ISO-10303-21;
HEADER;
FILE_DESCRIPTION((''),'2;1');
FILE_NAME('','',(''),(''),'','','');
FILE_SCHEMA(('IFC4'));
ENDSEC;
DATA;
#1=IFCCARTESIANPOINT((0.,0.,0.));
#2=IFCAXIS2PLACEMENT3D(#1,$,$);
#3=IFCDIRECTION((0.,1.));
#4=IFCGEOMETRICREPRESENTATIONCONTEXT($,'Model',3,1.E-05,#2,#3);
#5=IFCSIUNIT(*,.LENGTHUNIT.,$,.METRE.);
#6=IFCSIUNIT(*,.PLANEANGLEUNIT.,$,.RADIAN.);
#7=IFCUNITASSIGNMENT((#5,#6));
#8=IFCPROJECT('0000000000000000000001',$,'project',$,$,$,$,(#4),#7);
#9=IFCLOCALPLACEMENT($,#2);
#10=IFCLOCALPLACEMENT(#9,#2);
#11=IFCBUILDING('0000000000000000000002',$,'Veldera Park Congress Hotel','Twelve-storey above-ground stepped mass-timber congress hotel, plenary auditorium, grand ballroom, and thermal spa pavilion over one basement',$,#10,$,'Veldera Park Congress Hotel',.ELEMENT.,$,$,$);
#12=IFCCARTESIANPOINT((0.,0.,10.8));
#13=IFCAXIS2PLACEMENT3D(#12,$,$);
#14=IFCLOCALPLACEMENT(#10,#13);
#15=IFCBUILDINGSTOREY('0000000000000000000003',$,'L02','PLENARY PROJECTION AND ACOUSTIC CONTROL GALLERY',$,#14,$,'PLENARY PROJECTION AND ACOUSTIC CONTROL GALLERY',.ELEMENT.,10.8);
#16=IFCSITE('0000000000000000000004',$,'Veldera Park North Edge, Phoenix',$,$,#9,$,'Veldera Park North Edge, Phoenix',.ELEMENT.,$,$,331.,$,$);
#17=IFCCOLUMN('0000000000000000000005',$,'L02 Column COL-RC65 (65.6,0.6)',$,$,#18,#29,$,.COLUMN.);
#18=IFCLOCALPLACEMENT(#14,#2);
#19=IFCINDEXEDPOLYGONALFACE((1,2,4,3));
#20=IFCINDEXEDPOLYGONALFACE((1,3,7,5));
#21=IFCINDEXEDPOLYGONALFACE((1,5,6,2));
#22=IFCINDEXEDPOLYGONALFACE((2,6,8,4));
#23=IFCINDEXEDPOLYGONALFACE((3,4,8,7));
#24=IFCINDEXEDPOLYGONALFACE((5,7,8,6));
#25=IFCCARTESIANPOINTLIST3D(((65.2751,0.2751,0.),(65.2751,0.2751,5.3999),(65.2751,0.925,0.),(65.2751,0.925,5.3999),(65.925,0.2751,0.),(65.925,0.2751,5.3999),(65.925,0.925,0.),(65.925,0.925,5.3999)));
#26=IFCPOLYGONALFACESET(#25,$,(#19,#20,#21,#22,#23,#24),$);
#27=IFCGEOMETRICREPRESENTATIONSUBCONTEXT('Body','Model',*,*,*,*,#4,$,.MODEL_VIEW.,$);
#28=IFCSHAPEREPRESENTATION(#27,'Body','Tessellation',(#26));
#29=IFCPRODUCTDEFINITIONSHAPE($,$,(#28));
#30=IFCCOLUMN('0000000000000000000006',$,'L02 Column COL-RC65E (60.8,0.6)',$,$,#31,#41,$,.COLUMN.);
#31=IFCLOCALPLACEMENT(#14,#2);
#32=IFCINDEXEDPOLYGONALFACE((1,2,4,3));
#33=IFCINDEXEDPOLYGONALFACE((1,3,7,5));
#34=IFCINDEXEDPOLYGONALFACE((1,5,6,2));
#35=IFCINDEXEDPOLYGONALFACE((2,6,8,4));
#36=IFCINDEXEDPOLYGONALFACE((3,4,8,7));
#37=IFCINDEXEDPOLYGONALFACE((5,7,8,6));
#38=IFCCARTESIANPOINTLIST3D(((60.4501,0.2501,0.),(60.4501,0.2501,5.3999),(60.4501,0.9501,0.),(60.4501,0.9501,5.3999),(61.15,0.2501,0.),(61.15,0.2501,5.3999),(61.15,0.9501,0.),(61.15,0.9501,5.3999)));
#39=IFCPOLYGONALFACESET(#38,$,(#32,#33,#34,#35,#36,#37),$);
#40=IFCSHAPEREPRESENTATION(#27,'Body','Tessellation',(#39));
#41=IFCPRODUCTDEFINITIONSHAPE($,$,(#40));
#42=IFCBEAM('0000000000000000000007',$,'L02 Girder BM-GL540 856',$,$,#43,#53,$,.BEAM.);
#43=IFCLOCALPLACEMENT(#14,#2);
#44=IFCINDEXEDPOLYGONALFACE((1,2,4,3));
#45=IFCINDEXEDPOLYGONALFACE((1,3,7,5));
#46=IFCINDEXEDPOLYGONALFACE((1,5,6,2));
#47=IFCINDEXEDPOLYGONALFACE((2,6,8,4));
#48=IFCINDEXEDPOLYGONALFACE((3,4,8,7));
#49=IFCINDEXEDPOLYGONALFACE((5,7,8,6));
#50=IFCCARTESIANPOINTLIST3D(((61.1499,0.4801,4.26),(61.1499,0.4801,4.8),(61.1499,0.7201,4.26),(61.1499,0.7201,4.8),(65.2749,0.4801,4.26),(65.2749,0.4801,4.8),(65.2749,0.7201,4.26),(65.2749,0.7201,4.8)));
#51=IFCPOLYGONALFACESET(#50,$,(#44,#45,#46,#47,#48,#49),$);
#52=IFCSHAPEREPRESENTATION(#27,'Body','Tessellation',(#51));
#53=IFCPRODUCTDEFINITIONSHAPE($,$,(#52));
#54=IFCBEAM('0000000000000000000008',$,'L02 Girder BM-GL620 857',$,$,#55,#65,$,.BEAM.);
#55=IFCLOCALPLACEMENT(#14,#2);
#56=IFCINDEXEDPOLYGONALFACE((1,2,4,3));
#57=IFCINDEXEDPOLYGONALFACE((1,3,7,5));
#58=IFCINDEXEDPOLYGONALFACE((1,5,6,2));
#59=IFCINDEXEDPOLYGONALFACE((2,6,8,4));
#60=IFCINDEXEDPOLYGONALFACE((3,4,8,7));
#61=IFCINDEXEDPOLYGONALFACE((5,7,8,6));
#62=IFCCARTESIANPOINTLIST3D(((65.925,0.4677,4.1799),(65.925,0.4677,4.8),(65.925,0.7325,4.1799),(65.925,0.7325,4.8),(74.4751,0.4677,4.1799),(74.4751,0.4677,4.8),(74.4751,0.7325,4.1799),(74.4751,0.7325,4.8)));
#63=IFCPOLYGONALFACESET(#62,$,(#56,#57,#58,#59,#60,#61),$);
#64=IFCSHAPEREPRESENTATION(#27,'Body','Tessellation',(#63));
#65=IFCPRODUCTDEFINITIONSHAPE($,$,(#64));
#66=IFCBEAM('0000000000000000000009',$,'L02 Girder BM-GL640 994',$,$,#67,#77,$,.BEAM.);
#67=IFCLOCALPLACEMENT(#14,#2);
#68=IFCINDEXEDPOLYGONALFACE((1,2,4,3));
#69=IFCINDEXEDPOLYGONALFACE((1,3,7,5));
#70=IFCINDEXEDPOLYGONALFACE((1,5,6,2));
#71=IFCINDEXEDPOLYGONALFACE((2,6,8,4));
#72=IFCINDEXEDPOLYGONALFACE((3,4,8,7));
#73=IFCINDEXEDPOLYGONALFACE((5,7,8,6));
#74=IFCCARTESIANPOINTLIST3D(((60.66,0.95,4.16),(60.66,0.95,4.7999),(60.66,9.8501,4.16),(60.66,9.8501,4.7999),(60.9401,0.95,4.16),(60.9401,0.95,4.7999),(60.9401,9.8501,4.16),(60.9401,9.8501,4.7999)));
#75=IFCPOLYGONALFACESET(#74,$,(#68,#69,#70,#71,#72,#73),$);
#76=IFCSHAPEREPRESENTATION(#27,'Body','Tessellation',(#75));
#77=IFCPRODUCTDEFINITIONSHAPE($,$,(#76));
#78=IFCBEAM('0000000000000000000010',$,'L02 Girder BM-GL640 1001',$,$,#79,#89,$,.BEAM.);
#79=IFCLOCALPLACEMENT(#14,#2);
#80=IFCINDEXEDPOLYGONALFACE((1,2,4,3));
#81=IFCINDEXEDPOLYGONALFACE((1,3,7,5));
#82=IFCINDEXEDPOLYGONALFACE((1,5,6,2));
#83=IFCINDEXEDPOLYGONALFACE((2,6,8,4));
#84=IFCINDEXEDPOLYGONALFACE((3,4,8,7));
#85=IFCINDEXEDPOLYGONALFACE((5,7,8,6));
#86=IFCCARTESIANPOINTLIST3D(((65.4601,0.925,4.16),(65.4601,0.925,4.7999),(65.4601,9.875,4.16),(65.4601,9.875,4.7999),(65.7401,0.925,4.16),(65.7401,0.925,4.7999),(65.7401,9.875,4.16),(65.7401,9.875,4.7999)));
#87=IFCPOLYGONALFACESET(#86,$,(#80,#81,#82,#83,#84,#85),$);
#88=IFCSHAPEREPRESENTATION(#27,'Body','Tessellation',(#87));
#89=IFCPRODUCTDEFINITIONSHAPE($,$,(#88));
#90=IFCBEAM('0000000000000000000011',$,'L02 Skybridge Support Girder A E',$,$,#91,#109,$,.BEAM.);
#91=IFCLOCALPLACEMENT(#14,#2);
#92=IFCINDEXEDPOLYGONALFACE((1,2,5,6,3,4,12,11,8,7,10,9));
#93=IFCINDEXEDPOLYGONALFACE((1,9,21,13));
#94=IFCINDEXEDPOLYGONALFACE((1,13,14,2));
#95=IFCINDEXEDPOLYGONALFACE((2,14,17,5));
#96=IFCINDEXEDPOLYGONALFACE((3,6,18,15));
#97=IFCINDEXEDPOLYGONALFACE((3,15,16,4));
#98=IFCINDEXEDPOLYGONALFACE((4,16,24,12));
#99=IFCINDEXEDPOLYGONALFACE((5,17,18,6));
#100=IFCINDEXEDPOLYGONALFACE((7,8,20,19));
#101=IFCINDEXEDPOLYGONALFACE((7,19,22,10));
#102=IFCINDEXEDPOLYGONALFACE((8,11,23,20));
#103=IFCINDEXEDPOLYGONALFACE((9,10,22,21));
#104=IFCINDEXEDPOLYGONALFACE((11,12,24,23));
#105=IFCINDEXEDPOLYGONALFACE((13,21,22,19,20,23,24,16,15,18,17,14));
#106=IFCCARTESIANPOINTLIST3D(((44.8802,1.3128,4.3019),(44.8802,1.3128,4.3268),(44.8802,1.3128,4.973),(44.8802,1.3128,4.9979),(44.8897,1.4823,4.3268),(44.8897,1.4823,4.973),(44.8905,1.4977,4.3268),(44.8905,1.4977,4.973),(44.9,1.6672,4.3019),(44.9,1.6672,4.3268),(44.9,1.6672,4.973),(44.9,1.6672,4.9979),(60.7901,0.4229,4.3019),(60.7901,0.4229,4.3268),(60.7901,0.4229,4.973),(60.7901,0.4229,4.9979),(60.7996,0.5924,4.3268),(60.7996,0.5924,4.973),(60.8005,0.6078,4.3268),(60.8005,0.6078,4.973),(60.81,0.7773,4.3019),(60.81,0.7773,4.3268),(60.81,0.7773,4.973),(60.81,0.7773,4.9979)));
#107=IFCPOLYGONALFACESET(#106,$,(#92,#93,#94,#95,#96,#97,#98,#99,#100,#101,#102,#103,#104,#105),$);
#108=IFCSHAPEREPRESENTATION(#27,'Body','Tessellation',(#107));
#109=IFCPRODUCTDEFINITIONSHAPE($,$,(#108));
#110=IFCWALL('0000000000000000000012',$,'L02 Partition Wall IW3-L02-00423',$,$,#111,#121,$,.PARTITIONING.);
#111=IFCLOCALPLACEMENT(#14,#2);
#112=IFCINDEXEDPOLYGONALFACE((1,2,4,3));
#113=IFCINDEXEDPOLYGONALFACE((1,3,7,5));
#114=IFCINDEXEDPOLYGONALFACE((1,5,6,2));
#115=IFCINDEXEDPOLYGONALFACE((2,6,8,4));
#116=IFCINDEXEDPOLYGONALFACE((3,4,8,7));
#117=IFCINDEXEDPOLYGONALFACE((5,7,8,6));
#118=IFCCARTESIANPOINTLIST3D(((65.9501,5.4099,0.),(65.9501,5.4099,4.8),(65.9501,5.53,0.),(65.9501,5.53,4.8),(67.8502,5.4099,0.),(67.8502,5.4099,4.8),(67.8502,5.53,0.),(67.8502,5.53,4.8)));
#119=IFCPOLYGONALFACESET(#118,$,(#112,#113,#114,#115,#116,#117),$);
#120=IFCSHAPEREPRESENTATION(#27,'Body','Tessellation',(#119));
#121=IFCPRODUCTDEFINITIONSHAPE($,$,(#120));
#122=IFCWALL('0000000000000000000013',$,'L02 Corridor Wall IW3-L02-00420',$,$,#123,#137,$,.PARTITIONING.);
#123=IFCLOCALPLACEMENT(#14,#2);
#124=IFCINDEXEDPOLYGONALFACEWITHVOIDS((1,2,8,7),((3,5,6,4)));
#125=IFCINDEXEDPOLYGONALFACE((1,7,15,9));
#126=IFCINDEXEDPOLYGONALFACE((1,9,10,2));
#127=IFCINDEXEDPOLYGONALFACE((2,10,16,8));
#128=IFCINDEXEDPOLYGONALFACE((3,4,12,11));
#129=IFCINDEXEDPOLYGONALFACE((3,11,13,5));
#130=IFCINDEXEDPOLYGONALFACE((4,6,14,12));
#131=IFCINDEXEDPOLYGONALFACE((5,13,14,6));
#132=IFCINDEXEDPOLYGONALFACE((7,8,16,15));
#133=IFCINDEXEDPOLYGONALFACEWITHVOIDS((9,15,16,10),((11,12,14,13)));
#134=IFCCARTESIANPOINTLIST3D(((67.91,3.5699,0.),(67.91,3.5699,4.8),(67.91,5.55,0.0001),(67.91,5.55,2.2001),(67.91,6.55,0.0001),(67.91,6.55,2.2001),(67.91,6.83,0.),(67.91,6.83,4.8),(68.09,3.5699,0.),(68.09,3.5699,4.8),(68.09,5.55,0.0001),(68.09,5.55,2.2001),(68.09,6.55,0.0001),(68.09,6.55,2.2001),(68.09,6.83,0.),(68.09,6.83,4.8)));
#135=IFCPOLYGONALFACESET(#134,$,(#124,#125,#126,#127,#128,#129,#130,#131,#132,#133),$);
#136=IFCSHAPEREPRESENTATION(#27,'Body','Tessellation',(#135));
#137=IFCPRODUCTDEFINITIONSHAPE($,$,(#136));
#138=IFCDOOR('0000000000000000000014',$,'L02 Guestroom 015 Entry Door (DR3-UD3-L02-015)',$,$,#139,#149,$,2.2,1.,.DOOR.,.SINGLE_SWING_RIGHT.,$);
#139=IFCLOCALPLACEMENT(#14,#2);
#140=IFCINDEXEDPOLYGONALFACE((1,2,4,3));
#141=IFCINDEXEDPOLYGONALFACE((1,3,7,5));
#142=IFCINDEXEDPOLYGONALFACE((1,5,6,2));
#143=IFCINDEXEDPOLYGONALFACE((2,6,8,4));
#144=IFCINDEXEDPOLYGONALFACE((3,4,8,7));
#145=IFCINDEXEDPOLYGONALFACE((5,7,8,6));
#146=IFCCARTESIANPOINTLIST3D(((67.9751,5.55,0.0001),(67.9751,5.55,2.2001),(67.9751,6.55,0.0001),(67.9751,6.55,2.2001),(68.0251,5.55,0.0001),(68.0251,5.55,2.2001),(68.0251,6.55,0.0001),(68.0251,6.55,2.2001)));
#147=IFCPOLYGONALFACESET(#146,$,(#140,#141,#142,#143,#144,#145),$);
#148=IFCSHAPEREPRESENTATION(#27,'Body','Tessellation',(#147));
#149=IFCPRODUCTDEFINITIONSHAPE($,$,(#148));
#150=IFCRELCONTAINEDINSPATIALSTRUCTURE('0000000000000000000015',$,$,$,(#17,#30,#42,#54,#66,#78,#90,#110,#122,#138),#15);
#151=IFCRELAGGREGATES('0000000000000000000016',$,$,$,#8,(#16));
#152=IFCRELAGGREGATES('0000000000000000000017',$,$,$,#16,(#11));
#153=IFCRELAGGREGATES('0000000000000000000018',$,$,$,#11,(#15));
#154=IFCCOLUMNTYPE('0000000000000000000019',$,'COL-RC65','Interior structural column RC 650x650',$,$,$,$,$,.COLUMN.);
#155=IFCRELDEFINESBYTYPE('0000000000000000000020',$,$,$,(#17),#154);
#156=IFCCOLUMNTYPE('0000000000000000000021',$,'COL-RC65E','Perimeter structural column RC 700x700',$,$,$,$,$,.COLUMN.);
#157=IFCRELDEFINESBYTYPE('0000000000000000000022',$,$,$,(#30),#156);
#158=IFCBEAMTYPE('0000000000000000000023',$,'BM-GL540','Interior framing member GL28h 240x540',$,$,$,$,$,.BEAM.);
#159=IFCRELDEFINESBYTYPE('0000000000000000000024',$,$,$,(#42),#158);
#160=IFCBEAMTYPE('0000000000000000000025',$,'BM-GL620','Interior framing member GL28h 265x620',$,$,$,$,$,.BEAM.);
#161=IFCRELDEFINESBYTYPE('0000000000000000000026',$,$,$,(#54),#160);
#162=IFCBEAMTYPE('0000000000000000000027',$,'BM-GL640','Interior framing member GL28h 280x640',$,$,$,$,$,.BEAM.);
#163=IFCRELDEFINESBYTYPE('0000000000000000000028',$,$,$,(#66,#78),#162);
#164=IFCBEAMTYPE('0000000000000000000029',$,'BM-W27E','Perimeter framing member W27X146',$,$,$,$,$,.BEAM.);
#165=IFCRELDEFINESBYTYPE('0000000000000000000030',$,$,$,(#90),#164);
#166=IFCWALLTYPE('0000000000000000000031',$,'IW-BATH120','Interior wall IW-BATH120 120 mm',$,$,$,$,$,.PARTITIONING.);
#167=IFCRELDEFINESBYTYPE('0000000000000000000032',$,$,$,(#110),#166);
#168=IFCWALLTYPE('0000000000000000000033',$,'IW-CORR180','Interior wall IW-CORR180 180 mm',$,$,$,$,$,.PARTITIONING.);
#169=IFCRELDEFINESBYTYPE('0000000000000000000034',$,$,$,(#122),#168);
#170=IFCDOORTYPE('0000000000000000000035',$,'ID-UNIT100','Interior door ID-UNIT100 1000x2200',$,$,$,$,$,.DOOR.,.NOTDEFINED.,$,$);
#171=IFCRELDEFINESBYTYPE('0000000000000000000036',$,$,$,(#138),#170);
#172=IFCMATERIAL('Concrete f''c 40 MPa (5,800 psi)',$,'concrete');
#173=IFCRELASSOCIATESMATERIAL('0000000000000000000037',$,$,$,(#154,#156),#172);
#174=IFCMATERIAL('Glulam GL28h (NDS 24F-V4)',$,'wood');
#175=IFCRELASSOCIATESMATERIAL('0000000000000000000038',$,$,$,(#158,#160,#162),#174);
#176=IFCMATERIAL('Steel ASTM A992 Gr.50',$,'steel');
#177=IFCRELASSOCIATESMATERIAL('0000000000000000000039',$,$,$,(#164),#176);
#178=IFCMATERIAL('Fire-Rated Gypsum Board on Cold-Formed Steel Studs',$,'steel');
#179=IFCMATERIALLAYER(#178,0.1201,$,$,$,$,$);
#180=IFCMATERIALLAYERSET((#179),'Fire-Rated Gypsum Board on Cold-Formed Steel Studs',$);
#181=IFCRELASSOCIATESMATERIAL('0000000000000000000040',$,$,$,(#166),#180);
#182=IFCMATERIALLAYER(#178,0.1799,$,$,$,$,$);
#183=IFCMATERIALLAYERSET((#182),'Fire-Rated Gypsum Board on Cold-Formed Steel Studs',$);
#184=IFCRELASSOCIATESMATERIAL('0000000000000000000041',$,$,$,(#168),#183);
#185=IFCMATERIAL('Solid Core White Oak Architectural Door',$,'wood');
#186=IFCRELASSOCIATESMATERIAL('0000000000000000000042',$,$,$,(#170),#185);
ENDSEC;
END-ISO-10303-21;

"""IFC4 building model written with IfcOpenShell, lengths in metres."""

from ifc_helpers import new_model, si_unit, direction, frame, frame_2d, origin, origin_2d, place, context, subcontext, project, spatial, rectangle, i_section, extrude, material, layer, layer_set, material_profile, profile_set, type_object, element, fill, save


model = new_model("IFC4")

# Units and contexts
model_context = context("Model", 3, precision=1e-05, world=origin(), true_north=direction((0.0, 1.0)))
body_context = subcontext(model_context, "Body", "Model", "MODEL_VIEW")
ifc_project = project(units=[si_unit("LENGTHUNIT", "METRE"), si_unit("PLANEANGLEUNIT", "RADIAN")], contexts=[model_context])

# Site, building, storey
site_placement = place(None, origin())
site = spatial("IfcSite", under=ifc_project, at=site_placement, Name="Veldera Park North Edge, Phoenix", LongName="Veldera Park North Edge, Phoenix", CompositionType="ELEMENT", RefElevation=331.0)
building_placement = place(site_placement, origin())
building = spatial("IfcBuilding", under=site, at=building_placement, Name="Veldera Park Congress Hotel", Description="Twelve-storey above-ground stepped mass-timber congress hotel, plenary auditorium, grand ballroom, and thermal spa pavilion over one basement", LongName="Veldera Park Congress Hotel", CompositionType="ELEMENT")
storey_placement = place(building_placement, frame((0.0, 0.0, 10.8)))
storey = spatial("IfcBuildingStorey", under=building, at=storey_placement, Name="L02", Description="PLENARY PROJECTION AND ACOUSTIC CONTROL GALLERY", LongName="PLENARY PROJECTION AND ACOUSTIC CONTROL GALLERY", CompositionType="ELEMENT", Elevation=10.8)

# Columns
ifc_material_1 = material(Name="Concrete f'c 40 MPa (5,800 psi)", Category="concrete")
ifc_material_profile_1 = material_profile(ifc_material_1, rectangle(XDim=0.6499, YDim=0.6499, at=origin_2d()), Name="RC 650x650")
ifc_profile_set_1 = profile_set([ifc_material_profile_1], Name="Concrete f'c 40 MPa (5,800 psi)")
column_type_1 = type_object("IfcColumnType", Name="COL-RC65", Description="Interior structural column RC 650x650", PredefinedType="COLUMN", material=ifc_profile_set_1)
column_1_placement = place(storey_placement, frame((65.6001, 0.6001, 0.0), z_axis=(0.0, 0.0, 1.0), x_axis=(1.0, 0.0, 0.0)))
element("IfcColumn", 1, at=column_1_placement, inside=storey, type_object=column_type_1, Name="L02 Column COL-RC65 (65.6,0.6)", PredefinedType="COLUMN", context=body_context, shape_type="SweptSolid", body=[
    extrude(rectangle(XDim=0.6499, YDim=0.6499, at=origin_2d()), origin(), (0.0, 0.0, 1.0), 5.3999),
])
ifc_material_profile_2 = material_profile(ifc_material_1, rectangle(XDim=0.7, YDim=0.7, at=origin_2d()), Name="RC 700x700")
ifc_profile_set_2 = profile_set([ifc_material_profile_2], Name="Concrete f'c 40 MPa (5,800 psi)")
column_type_2 = type_object("IfcColumnType", Name="COL-RC65E", Description="Perimeter structural column RC 700x700", PredefinedType="COLUMN", material=ifc_profile_set_2)
column_2_placement = place(storey_placement, frame((60.8, 0.6001, 0.0), z_axis=(0.0, 0.0, 1.0), x_axis=(1.0, 0.0, 0.0)))
element("IfcColumn", 2, at=column_2_placement, inside=storey, type_object=column_type_2, Name="L02 Column COL-RC65E (60.8,0.6)", PredefinedType="COLUMN", context=body_context, shape_type="SweptSolid", body=[
    extrude(rectangle(XDim=0.7, YDim=0.7, at=origin_2d()), origin(), (0.0, 0.0, 1.0), 5.3999),
])

# Beams
ifc_material_2 = material(Name="Glulam GL28h (NDS 24F-V4)", Category="wood")
ifc_material_profile_3 = material_profile(ifc_material_2, rectangle(XDim=0.24, YDim=0.54, at=origin_2d()), Name="GL28h 240x540")
ifc_profile_set_3 = profile_set([ifc_material_profile_3], Name="Glulam GL28h (NDS 24F-V4)")
beam_type_1 = type_object("IfcBeamType", Name="BM-GL540", Description="Interior framing member GL28h 240x540", PredefinedType="BEAM", material=ifc_profile_set_3)
beam_1_placement = place(storey_placement, frame((61.1499, 0.6001, 4.53), z_axis=(1.0, 0.0, 0.0), x_axis=(0.0, 1.0, 0.0)))
element("IfcBeam", 3, at=beam_1_placement, inside=storey, type_object=beam_type_1, Name="L02 Girder BM-GL540 856", PredefinedType="BEAM", context=body_context, shape_type="SweptSolid", body=[
    extrude(rectangle(XDim=0.24, YDim=0.54, at=origin_2d()), origin(), (0.0, 0.0, 1.0), 4.125),
])
ifc_material_profile_4 = material_profile(ifc_material_2, rectangle(XDim=0.2649, YDim=0.6201, at=origin_2d()), Name="GL28h 265x620")
ifc_profile_set_4 = profile_set([ifc_material_profile_4], Name="Glulam GL28h (NDS 24F-V4)")
beam_type_2 = type_object("IfcBeamType", Name="BM-GL620", Description="Interior framing member GL28h 265x620", PredefinedType="BEAM", material=ifc_profile_set_4)
beam_2_placement = place(storey_placement, frame((65.925, 0.6001, 4.49), z_axis=(1.0, 0.0, 0.0), x_axis=(0.0, 1.0, 0.0)))
element("IfcBeam", 4, at=beam_2_placement, inside=storey, type_object=beam_type_2, Name="L02 Girder BM-GL620 857", PredefinedType="BEAM", context=body_context, shape_type="SweptSolid", body=[
    extrude(rectangle(XDim=0.2649, YDim=0.6201, at=origin_2d()), origin(), (0.0, 0.0, 1.0), 8.55),
])
ifc_material_profile_5 = material_profile(ifc_material_2, rectangle(XDim=0.28, YDim=0.6399, at=origin_2d()), Name="GL28h 280x640")
ifc_profile_set_5 = profile_set([ifc_material_profile_5], Name="Glulam GL28h (NDS 24F-V4)")
beam_type_3 = type_object("IfcBeamType", Name="BM-GL640", Description="Interior framing member GL28h 280x640", PredefinedType="BEAM", material=ifc_profile_set_5)
beam_3_placement = place(storey_placement, frame((60.8, 0.95, 4.48), z_axis=(0.0, 1.0, 0.0), x_axis=(-1.0, 0.0, 0.0)))
element("IfcBeam", 5, at=beam_3_placement, inside=storey, type_object=beam_type_3, Name="L02 Girder BM-GL640 994", PredefinedType="BEAM", context=body_context, shape_type="SweptSolid", body=[
    extrude(rectangle(XDim=0.28, YDim=0.6399, at=origin_2d()), origin(), (0.0, 0.0, 1.0), 8.9001),
])
beam_4_placement = place(storey_placement, frame((65.6001, 0.925, 4.48), z_axis=(0.0, 1.0, 0.0), x_axis=(-1.0, 0.0, 0.0)))
element("IfcBeam", 6, at=beam_4_placement, inside=storey, type_object=beam_type_3, Name="L02 Girder BM-GL640 1001", PredefinedType="BEAM", context=body_context, shape_type="SweptSolid", body=[
    extrude(rectangle(XDim=0.28, YDim=0.6399, at=origin_2d()), origin(), (0.0, 0.0, 1.0), 8.95),
])
ifc_material_3 = material(Name="Steel ASTM A992 Gr.50", Category="steel")
ifc_material_profile_6 = material_profile(ifc_material_3, i_section(OverallWidth=0.355, OverallDepth=0.696, WebThickness=0.0154, FlangeThickness=0.0249, at=origin_2d()), Name="W27X146")
ifc_profile_set_6 = profile_set([ifc_material_profile_6], Name="Steel ASTM A992 Gr.50")
beam_type_4 = type_object("IfcBeamType", Name="BM-W27E", Description="Perimeter framing member W27X146", PredefinedType="BEAM", material=ifc_profile_set_6)
beam_5_placement = place(storey_placement, frame((60.8, 0.6001, 4.6499), z_axis=(-0.998439, 0.055846, 0.0), x_axis=(-0.055846, -0.998439, 0.0)))
element("IfcBeam", 7, at=beam_5_placement, inside=storey, type_object=beam_type_4, Name="L02 Skybridge Support Girder A E", PredefinedType="BEAM", context=body_context, shape_type="SweptSolid", body=[
    extrude(i_section(OverallWidth=0.355, OverallDepth=0.696, WebThickness=0.0154, FlangeThickness=0.0249, at=origin_2d()), origin(), (0.0, 0.0, 1.0), 15.9348),
])

# Shared definitions
ifc_material_4 = material(Name="Fire-Rated Gypsum Board on Cold-Formed Steel Studs", Category="steel")
ifc_layer_1 = layer(ifc_material_4, 0.1201)
ifc_layer_set_1 = layer_set([ifc_layer_1], Name="Fire-Rated Gypsum Board on Cold-Formed Steel Studs")
wall_type_1 = type_object("IfcWallType", Name="IW-BATH120", Description="Interior wall IW-BATH120 120 mm", PredefinedType="PARTITIONING", material=ifc_layer_set_1)
ifc_material_5 = material(Name="Solid Core White Oak Architectural Door", Category="wood")

# Wall
wall_1_placement = place(storey_placement, frame((65.95, 5.47, 0.0), z_axis=(0.0, 0.0, 1.0), x_axis=(1.0, 0.0, 0.0)))
element("IfcWall", 8, at=wall_1_placement, inside=storey, type_object=wall_type_1, Name="L02 Partition Wall IW3-L02-00423", PredefinedType="PARTITIONING", context=body_context, shape_type="SweptSolid", body=[
    extrude(rectangle(XDim=1.9001, YDim=0.1201, at=frame_2d((0.9502, 0.0))), origin(), (0.0, 0.0, 1.0), 4.8),
])

# Wall, opening, door
ifc_layer_2 = layer(ifc_material_4, 0.1799)
ifc_layer_set_2 = layer_set([ifc_layer_2], Name="Fire-Rated Gypsum Board on Cold-Formed Steel Studs")
wall_type_2 = type_object("IfcWallType", Name="IW-CORR180", Description="Interior wall IW-CORR180 180 mm", PredefinedType="PARTITIONING", material=ifc_layer_set_2)
wall_2_placement = place(storey_placement, frame((68.0, 3.5701, 0.0), z_axis=(0.0, 0.0, 1.0), x_axis=(0.0, 1.0, 0.0)))
wall_2 = element("IfcWall", 9, at=wall_2_placement, inside=storey, type_object=wall_type_2, Name="L02 Corridor Wall IW3-L02-00420", PredefinedType="PARTITIONING", context=body_context, shape_type="SweptSolid", body=[
    extrude(rectangle(XDim=3.26, YDim=0.1799, at=frame_2d((1.6299, 0.0))), origin(), (0.0, 0.0, 1.0), 4.8),
])
opening_1_placement = place(wall_2_placement, frame((1.98, 0.0, 0.0)))
opening_1 = element("IfcOpeningElement", 10, at=opening_1_placement, cuts=wall_2, PredefinedType="OPENING", context=body_context, shape_type="SweptSolid", body=[
    extrude(rectangle(XDim=1.0, YDim=2.2, at=frame_2d((0.5, 1.1001))), frame((0.0, 0.1021, 0.0), z_axis=(0.0, -1.0, 0.0), x_axis=(1.0, 0.0, 0.0)), (0.0, 0.0, 1.0), 0.2039),
])
door_type_1 = type_object("IfcDoorType", Name="ID-UNIT100", Description="Interior door ID-UNIT100 1000x2200", OperationType="NOTDEFINED", PredefinedType="DOOR", material=ifc_material_5)
door_1_placement = place(opening_1_placement, origin())
door_1 = element("IfcDoor", 11, at=door_1_placement, inside=storey, type_object=door_type_1, Name="L02 Guestroom 015 Entry Door (DR3-UD3-L02-015)", OperationType="SINGLE_SWING_RIGHT", OverallHeight=2.2, OverallWidth=1.0, PredefinedType="DOOR", context=body_context, shape_type="SweptSolid", body=[
    extrude(rectangle(XDim=1.0, YDim=2.2, at=frame_2d((0.5, 1.1001))), frame((0.0, 0.0249, 0.0), z_axis=(0.0, -1.0, 0.0), x_axis=(1.0, 0.0, 0.0)), (0.0, 0.0, 1.0), 0.05),
])
fill(opening_1, door_1)

save(model, "model.ifc")
